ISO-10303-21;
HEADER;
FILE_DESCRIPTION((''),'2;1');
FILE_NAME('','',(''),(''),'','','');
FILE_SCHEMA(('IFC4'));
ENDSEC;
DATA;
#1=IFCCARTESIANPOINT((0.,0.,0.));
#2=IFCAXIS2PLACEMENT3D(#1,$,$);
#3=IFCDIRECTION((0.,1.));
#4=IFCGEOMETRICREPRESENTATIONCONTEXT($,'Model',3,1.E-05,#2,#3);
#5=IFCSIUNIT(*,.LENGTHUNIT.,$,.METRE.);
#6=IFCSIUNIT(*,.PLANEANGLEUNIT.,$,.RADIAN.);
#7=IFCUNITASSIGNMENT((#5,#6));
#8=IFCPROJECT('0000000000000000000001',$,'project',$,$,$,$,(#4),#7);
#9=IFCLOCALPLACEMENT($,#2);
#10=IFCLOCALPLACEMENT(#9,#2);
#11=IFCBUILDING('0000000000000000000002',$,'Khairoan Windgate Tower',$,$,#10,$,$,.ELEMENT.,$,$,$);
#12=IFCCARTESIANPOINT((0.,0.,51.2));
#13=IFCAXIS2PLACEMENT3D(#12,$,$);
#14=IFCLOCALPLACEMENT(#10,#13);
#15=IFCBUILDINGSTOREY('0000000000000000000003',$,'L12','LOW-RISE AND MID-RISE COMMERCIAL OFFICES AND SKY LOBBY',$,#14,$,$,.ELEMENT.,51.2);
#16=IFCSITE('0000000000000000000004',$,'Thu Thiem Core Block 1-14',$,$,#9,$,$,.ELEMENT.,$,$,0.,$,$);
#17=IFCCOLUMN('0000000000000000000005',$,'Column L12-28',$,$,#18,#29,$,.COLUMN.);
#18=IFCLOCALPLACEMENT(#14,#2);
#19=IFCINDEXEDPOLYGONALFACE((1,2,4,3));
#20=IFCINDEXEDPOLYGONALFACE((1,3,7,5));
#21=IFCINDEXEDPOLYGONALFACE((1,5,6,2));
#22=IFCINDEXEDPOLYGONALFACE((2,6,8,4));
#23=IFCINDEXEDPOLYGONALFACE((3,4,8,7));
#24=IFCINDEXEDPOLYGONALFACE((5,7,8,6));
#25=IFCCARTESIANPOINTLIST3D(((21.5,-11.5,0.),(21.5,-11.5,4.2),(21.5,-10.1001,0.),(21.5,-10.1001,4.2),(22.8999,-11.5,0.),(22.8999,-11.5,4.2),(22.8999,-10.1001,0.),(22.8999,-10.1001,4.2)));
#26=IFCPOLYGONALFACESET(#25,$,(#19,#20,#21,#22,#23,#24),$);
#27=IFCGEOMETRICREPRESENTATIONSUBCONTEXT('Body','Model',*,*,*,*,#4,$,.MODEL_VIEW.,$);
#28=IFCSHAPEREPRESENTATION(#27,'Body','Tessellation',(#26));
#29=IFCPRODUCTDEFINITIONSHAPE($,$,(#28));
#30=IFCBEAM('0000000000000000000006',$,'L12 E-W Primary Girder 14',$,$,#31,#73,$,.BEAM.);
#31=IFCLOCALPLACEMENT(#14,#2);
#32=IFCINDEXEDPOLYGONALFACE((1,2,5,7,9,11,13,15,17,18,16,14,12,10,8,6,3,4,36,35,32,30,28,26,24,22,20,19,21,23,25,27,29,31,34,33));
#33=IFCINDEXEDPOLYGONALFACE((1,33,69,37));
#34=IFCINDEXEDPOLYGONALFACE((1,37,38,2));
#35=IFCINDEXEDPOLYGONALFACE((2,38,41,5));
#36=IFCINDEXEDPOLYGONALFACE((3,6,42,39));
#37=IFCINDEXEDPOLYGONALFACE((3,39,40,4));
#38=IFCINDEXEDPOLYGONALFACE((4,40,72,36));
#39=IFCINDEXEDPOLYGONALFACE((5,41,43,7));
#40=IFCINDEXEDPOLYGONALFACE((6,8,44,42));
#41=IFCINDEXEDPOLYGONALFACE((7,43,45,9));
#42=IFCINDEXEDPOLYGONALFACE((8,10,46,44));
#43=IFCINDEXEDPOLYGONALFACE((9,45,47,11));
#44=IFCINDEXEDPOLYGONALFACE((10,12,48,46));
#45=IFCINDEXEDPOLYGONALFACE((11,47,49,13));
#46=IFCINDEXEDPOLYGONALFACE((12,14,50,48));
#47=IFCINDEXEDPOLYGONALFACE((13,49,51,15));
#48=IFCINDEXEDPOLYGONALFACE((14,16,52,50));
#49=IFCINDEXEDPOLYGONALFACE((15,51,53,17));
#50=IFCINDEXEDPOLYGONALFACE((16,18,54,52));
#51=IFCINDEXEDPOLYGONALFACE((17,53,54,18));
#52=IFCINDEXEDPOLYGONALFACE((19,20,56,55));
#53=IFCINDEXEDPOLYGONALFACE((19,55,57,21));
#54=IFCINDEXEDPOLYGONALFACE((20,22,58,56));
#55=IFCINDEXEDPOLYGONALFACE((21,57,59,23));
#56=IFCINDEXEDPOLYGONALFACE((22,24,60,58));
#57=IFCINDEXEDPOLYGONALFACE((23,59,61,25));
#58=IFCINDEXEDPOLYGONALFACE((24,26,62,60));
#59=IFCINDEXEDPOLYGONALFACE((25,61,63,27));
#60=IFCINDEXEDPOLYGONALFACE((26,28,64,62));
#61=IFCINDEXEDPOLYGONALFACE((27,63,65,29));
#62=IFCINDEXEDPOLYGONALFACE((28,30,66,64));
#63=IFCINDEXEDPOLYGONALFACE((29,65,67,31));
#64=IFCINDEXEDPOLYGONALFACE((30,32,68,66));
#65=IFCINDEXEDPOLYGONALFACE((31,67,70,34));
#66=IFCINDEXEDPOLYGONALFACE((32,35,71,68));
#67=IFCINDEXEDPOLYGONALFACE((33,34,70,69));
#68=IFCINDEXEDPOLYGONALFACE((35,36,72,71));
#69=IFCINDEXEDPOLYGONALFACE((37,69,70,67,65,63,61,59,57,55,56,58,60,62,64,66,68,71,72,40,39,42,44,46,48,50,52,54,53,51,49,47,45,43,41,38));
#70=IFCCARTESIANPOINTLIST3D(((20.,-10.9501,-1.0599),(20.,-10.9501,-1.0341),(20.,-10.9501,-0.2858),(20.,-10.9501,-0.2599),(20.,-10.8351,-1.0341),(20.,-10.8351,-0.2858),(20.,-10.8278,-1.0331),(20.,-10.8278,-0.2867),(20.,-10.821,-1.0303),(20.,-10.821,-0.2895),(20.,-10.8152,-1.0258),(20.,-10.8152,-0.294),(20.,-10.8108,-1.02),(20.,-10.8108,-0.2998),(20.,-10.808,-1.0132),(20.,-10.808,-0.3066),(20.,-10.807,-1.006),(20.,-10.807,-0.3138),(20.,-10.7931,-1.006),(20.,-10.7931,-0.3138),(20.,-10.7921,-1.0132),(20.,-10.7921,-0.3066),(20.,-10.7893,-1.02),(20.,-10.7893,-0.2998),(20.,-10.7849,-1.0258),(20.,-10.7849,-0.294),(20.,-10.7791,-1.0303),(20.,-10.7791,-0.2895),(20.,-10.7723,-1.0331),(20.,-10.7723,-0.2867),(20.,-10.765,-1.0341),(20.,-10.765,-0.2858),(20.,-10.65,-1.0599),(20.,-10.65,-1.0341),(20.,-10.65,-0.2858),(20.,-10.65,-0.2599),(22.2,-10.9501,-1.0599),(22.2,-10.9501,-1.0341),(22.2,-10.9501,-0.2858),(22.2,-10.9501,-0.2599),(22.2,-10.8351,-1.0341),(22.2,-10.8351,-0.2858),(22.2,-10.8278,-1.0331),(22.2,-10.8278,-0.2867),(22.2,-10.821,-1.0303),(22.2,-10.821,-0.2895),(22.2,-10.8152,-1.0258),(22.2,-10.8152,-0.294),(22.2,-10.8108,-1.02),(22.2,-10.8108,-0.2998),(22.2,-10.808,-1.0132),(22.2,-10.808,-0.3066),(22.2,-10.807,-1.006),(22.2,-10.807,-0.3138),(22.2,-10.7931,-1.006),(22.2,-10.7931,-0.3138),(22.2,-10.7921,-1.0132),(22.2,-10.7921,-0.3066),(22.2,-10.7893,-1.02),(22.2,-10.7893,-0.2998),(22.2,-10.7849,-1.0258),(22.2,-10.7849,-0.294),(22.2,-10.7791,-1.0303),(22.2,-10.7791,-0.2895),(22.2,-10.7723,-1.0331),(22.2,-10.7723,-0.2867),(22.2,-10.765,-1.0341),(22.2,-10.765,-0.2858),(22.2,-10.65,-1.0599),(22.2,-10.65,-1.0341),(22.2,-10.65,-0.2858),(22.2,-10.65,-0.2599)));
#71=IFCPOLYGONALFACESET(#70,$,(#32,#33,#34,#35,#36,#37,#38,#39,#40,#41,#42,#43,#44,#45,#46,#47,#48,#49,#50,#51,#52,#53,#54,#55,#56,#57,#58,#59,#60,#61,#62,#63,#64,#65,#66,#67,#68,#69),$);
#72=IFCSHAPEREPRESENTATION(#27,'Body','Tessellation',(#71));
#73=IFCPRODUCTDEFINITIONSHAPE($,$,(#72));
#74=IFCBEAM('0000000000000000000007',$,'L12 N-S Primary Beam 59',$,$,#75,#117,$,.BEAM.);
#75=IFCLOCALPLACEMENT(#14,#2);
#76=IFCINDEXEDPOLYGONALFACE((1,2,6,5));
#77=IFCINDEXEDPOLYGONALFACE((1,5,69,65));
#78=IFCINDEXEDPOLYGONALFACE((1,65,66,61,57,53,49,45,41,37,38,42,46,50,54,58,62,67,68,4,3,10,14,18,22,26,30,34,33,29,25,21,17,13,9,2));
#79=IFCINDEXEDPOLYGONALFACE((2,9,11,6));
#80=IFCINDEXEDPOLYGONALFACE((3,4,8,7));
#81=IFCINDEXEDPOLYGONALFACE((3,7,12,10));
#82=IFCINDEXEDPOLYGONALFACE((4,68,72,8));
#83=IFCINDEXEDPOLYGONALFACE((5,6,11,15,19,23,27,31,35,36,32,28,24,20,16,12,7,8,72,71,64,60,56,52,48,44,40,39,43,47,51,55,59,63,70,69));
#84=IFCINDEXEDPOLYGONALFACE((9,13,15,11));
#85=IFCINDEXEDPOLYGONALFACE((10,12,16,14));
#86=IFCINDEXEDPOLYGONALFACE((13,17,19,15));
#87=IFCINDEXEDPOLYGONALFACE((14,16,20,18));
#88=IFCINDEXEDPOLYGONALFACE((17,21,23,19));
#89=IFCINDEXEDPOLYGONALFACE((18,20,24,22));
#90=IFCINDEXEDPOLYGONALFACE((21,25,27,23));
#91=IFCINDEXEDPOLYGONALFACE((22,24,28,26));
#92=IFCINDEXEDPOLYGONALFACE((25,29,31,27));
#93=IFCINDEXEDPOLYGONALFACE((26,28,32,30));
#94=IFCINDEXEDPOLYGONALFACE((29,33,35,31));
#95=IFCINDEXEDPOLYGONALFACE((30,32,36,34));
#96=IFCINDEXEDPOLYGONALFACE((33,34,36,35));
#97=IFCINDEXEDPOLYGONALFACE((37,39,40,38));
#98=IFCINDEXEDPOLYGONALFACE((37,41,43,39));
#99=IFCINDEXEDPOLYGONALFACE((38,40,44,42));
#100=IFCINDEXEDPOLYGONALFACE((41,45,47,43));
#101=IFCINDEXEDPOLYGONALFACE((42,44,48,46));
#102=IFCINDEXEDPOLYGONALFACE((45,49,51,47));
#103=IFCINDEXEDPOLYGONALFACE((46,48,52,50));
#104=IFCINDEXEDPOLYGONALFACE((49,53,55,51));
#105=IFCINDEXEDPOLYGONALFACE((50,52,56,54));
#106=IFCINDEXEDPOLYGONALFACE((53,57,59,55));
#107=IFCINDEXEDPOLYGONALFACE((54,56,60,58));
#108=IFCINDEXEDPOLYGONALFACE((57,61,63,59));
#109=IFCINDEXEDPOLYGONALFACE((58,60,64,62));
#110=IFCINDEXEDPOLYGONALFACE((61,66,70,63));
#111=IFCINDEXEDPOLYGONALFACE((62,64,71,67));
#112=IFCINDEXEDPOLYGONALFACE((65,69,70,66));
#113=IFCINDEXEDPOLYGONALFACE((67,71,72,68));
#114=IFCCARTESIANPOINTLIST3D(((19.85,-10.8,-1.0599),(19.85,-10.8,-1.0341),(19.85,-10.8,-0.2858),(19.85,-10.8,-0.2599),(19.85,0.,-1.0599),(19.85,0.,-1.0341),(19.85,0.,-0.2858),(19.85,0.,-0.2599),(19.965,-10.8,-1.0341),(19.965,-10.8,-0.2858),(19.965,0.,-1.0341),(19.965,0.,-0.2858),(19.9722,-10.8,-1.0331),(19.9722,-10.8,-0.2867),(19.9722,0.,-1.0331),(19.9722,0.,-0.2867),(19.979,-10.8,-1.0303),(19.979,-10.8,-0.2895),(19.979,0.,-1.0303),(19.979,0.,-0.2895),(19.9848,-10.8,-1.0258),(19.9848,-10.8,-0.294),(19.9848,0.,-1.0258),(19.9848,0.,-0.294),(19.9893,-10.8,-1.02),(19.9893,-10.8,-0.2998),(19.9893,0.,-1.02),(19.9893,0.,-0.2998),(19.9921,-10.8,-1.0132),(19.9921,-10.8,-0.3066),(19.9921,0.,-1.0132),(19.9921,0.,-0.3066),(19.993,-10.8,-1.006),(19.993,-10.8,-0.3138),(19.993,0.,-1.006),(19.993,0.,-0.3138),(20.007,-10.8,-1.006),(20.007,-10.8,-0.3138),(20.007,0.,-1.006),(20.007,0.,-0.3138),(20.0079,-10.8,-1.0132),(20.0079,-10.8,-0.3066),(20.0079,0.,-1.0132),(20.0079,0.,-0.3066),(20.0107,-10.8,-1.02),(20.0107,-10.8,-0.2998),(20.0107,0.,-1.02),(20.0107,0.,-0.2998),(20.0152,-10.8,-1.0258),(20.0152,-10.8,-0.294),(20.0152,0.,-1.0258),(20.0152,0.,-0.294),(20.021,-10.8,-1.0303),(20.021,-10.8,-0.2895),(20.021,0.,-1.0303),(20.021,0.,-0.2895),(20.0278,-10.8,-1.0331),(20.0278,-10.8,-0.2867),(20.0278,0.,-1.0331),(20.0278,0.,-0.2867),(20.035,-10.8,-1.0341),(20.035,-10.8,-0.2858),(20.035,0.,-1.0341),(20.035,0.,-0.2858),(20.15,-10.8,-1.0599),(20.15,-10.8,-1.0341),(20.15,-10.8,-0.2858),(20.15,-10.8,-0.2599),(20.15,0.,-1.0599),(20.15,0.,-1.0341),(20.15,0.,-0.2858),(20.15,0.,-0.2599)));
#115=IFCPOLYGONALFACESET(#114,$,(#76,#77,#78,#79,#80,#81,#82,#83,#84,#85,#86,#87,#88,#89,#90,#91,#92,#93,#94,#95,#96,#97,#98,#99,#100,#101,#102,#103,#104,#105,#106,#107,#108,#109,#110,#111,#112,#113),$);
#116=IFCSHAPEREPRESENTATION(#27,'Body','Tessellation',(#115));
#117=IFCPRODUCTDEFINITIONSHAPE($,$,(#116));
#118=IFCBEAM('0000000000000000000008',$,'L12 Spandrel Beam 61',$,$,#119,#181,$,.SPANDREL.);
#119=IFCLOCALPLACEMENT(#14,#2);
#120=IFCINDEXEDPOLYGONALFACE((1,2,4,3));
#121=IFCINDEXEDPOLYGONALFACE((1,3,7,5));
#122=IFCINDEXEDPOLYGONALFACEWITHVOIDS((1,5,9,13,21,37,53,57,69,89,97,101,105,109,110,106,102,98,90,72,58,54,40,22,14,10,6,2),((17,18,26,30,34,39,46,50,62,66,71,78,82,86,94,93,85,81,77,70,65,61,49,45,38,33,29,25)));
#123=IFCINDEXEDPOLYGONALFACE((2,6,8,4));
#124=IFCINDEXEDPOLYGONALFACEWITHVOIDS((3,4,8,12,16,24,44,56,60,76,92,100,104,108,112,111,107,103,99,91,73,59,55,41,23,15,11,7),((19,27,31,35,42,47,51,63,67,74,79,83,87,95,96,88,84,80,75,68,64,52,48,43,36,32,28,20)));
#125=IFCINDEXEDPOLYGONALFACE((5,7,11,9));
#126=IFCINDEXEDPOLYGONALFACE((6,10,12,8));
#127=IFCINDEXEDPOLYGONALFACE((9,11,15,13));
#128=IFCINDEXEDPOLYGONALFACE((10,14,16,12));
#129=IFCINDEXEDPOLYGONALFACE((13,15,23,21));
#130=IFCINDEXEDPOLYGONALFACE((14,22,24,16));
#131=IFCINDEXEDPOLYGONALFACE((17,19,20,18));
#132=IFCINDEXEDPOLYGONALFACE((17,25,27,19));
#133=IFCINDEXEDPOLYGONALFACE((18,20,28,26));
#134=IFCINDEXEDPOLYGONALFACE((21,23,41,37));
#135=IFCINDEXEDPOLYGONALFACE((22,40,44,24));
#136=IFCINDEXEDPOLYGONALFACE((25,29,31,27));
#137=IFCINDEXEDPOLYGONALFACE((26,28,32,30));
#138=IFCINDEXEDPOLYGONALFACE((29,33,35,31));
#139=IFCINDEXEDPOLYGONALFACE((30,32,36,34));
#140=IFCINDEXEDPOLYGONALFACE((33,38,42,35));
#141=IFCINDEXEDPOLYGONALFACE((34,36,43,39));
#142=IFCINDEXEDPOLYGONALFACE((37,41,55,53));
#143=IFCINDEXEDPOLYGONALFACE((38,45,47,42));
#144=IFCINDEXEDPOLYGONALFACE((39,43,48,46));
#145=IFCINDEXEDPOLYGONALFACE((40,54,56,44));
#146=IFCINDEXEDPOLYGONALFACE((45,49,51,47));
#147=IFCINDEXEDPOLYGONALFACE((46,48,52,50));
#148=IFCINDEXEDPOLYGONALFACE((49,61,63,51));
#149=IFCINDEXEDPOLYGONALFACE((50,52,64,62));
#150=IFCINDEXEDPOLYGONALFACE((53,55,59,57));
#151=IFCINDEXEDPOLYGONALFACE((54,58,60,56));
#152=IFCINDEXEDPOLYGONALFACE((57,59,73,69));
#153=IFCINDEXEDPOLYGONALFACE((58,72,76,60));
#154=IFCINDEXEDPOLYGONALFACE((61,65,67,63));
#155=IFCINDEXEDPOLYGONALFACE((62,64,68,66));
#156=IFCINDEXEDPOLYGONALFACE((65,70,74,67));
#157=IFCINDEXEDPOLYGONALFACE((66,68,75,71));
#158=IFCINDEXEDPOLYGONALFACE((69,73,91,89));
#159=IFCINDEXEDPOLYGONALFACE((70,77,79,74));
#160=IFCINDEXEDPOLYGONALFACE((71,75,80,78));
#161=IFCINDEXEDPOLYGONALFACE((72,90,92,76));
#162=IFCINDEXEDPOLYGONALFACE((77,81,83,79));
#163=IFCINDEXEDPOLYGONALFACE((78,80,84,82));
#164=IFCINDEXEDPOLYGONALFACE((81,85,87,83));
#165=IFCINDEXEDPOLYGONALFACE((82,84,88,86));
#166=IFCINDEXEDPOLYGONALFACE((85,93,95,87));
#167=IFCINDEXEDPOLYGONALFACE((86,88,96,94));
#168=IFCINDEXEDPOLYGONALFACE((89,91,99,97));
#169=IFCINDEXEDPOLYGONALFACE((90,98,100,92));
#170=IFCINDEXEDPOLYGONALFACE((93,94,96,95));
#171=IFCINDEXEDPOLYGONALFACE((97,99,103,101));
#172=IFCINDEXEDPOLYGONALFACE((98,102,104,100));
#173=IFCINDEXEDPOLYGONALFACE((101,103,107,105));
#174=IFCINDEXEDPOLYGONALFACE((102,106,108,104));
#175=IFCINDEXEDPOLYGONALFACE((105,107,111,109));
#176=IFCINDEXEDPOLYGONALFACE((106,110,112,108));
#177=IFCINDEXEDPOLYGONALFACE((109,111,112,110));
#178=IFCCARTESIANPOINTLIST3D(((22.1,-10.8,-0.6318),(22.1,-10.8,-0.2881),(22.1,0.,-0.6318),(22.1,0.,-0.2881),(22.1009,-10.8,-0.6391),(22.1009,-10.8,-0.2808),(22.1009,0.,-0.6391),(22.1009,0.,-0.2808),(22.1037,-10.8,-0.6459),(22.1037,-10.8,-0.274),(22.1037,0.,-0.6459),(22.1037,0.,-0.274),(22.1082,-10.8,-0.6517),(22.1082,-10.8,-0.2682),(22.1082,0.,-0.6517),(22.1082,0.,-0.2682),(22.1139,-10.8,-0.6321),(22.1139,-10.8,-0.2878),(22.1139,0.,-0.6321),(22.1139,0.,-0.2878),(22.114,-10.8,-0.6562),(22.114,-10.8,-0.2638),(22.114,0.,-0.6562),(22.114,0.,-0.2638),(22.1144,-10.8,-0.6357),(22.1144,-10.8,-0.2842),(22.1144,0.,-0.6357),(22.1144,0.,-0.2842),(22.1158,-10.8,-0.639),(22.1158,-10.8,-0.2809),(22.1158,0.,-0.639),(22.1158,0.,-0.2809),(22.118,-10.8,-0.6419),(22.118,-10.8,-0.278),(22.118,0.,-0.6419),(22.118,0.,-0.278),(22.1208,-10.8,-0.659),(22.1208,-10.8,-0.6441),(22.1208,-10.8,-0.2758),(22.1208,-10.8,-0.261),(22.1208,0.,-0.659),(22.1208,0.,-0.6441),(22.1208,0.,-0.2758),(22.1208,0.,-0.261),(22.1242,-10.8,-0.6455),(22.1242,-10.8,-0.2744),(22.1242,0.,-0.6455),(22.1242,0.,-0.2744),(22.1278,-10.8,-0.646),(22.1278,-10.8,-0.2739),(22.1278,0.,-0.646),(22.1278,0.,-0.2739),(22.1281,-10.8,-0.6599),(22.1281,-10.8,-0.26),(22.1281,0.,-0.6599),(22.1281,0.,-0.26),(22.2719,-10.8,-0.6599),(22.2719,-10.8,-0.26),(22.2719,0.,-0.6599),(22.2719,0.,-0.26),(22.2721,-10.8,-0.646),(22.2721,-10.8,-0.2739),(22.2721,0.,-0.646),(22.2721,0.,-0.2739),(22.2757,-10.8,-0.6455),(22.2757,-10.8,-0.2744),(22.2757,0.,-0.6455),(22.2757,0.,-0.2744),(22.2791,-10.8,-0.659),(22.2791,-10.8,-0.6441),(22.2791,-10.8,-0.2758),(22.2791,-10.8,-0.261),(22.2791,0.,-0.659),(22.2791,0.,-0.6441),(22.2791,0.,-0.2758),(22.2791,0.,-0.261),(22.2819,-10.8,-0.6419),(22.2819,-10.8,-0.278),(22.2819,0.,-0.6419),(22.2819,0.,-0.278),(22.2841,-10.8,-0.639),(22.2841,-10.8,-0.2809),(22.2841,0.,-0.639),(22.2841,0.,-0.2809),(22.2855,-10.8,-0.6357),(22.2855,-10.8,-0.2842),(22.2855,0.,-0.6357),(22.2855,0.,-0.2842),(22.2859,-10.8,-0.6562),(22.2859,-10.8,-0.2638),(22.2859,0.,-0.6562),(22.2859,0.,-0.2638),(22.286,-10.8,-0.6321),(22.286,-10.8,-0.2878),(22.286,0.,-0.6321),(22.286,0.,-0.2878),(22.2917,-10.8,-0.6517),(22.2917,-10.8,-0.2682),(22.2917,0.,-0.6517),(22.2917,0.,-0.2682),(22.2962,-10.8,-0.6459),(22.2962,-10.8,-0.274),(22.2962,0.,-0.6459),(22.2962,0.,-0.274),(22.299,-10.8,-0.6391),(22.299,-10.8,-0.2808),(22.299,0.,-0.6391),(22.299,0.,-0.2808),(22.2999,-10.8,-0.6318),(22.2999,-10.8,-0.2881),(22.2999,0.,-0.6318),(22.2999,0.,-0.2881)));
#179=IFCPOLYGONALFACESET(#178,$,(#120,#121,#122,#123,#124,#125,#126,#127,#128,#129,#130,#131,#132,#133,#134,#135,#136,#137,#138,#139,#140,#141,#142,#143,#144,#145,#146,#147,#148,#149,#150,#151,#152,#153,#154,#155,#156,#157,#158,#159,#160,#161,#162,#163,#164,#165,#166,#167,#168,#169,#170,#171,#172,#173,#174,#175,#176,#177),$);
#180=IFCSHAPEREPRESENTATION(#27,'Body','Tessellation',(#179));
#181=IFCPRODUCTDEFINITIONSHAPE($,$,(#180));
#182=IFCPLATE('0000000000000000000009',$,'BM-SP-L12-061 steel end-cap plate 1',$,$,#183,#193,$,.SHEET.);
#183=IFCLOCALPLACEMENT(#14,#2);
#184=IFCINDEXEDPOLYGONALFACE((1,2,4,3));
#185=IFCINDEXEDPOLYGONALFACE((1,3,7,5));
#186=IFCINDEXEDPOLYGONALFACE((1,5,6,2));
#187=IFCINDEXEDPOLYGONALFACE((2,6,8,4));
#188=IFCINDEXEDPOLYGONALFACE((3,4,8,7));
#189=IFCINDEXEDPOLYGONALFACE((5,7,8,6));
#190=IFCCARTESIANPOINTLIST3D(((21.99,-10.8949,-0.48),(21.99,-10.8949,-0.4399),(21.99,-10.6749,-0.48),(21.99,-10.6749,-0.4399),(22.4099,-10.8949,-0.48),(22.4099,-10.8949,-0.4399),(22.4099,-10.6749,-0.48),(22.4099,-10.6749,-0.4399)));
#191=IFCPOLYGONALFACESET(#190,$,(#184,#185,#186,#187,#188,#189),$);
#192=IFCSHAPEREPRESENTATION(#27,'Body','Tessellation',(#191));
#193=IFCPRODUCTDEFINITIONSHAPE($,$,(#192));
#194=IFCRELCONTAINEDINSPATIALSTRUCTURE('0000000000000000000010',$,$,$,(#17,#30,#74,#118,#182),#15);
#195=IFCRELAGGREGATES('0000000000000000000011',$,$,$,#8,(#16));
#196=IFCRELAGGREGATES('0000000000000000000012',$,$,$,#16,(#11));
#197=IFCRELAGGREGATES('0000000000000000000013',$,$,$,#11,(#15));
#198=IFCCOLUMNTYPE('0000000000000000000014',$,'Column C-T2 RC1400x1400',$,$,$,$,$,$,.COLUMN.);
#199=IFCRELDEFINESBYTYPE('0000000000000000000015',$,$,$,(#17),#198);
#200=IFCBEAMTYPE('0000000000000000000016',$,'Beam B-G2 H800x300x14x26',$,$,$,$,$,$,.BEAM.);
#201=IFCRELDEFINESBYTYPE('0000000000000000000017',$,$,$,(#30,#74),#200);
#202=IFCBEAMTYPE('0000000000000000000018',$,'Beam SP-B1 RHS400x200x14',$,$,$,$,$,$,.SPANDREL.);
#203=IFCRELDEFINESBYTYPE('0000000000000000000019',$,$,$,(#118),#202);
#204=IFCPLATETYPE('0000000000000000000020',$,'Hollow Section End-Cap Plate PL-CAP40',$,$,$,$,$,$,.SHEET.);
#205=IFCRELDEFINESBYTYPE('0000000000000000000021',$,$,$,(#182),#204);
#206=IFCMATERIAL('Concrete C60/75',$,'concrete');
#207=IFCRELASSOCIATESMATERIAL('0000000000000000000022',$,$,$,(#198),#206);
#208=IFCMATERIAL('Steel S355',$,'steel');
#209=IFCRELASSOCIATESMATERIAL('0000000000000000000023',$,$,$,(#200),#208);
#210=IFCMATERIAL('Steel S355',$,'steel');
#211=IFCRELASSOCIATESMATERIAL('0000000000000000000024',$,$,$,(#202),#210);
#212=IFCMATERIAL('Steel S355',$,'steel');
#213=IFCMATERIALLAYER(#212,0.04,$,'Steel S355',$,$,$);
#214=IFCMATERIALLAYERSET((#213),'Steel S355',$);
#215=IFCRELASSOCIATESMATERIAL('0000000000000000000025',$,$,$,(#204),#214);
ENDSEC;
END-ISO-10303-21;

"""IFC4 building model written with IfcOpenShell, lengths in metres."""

from ifc_helpers import new_model, si_unit, direction, frame, origin, origin_2d, place, context, subcontext, project, spatial, rectangle, hollow_rectangle, i_section, extrude, material, layer, layer_set, material_profile, profile_set, type_object, element, save


model = new_model("IFC4")

# Units and contexts
model_context = context("Model", 3, precision=1e-05, world=origin(), true_north=direction((0.0, 1.0)))
body_context = subcontext(model_context, "Body", "Model", "MODEL_VIEW")
ifc_project = project(units=[si_unit("LENGTHUNIT", "METRE"), si_unit("PLANEANGLEUNIT", "RADIAN")], contexts=[model_context])

# Site, building, storey
site_placement = place(None, origin())
site = spatial("IfcSite", under=ifc_project, at=site_placement, Name="Thu Thiem Core Block 1-14", CompositionType="ELEMENT", RefElevation=0.0)
building_placement = place(site_placement, origin())
building = spatial("IfcBuilding", under=site, at=building_placement, Name="Khairoan Windgate Tower", CompositionType="ELEMENT")
storey_placement = place(building_placement, frame((0.0, 0.0, 51.2)))
storey = spatial("IfcBuildingStorey", under=building, at=storey_placement, Name="L12", Description="LOW-RISE AND MID-RISE COMMERCIAL OFFICES AND SKY LOBBY", CompositionType="ELEMENT", Elevation=51.2)

# Column
ifc_material_1 = material(Name="Concrete C60/75", Category="concrete")
ifc_material_profile_1 = material_profile(ifc_material_1, rectangle(XDim=1.3999, YDim=1.3999, at=origin_2d()))
ifc_profile_set_1 = profile_set([ifc_material_profile_1], Name="Concrete C60/75")
column_type = type_object("IfcColumnType", Name="Column C-T2 RC1400x1400", PredefinedType="COLUMN", material=ifc_profile_set_1)
column_placement = place(storey_placement, frame((22.2, -10.8, 0.0), z_axis=(0.0, 0.0, 1.0), x_axis=(1.0, 0.0, 0.0)))
element("IfcColumn", 1, at=column_placement, inside=storey, type_object=column_type, Name="Column L12-28", PredefinedType="COLUMN", context=body_context, shape_type="SweptSolid", body=[
    extrude(rectangle(XDim=1.3999, YDim=1.3999, at=origin_2d()), origin(), (0.0, 0.0, 1.0), 4.2),
])

# Beams
ifc_material_2 = material(Name="Steel S355", Category="steel")
ifc_material_profile_2 = material_profile(ifc_material_2, i_section(OverallWidth=0.3, OverallDepth=0.8, WebThickness=0.0139, FlangeThickness=0.0259, FilletRadius=0.0281, at=origin_2d()))
ifc_profile_set_2 = profile_set([ifc_material_profile_2], Name="Steel S355")
beam_type_1 = type_object("IfcBeamType", Name="Beam B-G2 H800x300x14x26", PredefinedType="BEAM", material=ifc_profile_set_2)
beam_1_placement = place(storey_placement, frame((20.0, -10.8, -0.6599), z_axis=(1.0, 0.0, 0.0), x_axis=(0.0, 1.0, 0.0)))
element("IfcBeam", 2, at=beam_1_placement, inside=storey, type_object=beam_type_1, Name="L12 E-W Primary Girder 14", PredefinedType="BEAM", context=body_context, shape_type="SweptSolid", body=[
    extrude(i_section(OverallWidth=0.3, OverallDepth=0.8, WebThickness=0.0139, FlangeThickness=0.0259, FilletRadius=0.0281, at=origin_2d()), origin(), (0.0, 0.0, 1.0), 2.2),
])
beam_2_placement = place(storey_placement, frame((20.0, -10.8, -0.6599), z_axis=(0.0, 1.0, 0.0), x_axis=(-1.0, 0.0, 0.0)))
element("IfcBeam", 3, at=beam_2_placement, inside=storey, type_object=beam_type_1, Name="L12 N-S Primary Beam 59", PredefinedType="BEAM", context=body_context, shape_type="SweptSolid", body=[
    extrude(i_section(OverallWidth=0.3, OverallDepth=0.8, WebThickness=0.0139, FlangeThickness=0.0259, FilletRadius=0.0281, at=origin_2d()), origin(), (0.0, 0.0, 1.0), 10.8),
])
ifc_material_3 = material(Name="Steel S355", Category="steel")
ifc_material_profile_3 = material_profile(ifc_material_3, hollow_rectangle(XDim=0.2, YDim=0.3999, WallThickness=0.0139, InnerFilletRadius=0.0139, OuterFilletRadius=0.0281, at=origin_2d()))
ifc_profile_set_3 = profile_set([ifc_material_profile_3], Name="Steel S355")
beam_type_2 = type_object("IfcBeamType", Name="Beam SP-B1 RHS400x200x14", PredefinedType="SPANDREL", material=ifc_profile_set_3)
beam_3_placement = place(storey_placement, frame((22.2, -10.8, -0.46), z_axis=(0.0, 1.0, 0.0), x_axis=(-1.0, 0.0, 0.0)))
element("IfcBeam", 4, at=beam_3_placement, inside=storey, type_object=beam_type_2, Name="L12 Spandrel Beam 61", PredefinedType="SPANDREL", context=body_context, shape_type="SweptSolid", body=[
    extrude(hollow_rectangle(XDim=0.2, YDim=0.3999, WallThickness=0.0139, InnerFilletRadius=0.0139, OuterFilletRadius=0.0281, at=origin_2d()), origin(), (0.0, 0.0, 1.0), 10.8),
])

# Plate
ifc_material_4 = material(Name="Steel S355", Category="steel")
ifc_layer_1 = layer(ifc_material_4, 0.04, Name="Steel S355")
ifc_layer_set_1 = layer_set([ifc_layer_1], Name="Steel S355")
plate_type = type_object("IfcPlateType", Name="Hollow Section End-Cap Plate PL-CAP40", PredefinedType="SHEET", material=ifc_layer_set_1)
for number, where, z_axis, x_axis, name in (
    (5, (22.2, -10.7849, -0.48), (0.0, 0.0, 1.0), (0.0, 1.0, 0.0), "BM-SP-L12-061 steel end-cap plate 1"),
):
    element("IfcPlate", number, at=place(storey_placement, frame(where, z_axis=z_axis, x_axis=x_axis)), inside=storey, type_object=plate_type, Name=name, PredefinedType="SHEET", context=body_context, shape_type="SweptSolid", body=[
        extrude(rectangle(XDim=0.22, YDim=0.4199, at=origin_2d()), origin(), (0.0, 0.0, 1.0), 0.04),
    ])

save(model, "model.ifc")
